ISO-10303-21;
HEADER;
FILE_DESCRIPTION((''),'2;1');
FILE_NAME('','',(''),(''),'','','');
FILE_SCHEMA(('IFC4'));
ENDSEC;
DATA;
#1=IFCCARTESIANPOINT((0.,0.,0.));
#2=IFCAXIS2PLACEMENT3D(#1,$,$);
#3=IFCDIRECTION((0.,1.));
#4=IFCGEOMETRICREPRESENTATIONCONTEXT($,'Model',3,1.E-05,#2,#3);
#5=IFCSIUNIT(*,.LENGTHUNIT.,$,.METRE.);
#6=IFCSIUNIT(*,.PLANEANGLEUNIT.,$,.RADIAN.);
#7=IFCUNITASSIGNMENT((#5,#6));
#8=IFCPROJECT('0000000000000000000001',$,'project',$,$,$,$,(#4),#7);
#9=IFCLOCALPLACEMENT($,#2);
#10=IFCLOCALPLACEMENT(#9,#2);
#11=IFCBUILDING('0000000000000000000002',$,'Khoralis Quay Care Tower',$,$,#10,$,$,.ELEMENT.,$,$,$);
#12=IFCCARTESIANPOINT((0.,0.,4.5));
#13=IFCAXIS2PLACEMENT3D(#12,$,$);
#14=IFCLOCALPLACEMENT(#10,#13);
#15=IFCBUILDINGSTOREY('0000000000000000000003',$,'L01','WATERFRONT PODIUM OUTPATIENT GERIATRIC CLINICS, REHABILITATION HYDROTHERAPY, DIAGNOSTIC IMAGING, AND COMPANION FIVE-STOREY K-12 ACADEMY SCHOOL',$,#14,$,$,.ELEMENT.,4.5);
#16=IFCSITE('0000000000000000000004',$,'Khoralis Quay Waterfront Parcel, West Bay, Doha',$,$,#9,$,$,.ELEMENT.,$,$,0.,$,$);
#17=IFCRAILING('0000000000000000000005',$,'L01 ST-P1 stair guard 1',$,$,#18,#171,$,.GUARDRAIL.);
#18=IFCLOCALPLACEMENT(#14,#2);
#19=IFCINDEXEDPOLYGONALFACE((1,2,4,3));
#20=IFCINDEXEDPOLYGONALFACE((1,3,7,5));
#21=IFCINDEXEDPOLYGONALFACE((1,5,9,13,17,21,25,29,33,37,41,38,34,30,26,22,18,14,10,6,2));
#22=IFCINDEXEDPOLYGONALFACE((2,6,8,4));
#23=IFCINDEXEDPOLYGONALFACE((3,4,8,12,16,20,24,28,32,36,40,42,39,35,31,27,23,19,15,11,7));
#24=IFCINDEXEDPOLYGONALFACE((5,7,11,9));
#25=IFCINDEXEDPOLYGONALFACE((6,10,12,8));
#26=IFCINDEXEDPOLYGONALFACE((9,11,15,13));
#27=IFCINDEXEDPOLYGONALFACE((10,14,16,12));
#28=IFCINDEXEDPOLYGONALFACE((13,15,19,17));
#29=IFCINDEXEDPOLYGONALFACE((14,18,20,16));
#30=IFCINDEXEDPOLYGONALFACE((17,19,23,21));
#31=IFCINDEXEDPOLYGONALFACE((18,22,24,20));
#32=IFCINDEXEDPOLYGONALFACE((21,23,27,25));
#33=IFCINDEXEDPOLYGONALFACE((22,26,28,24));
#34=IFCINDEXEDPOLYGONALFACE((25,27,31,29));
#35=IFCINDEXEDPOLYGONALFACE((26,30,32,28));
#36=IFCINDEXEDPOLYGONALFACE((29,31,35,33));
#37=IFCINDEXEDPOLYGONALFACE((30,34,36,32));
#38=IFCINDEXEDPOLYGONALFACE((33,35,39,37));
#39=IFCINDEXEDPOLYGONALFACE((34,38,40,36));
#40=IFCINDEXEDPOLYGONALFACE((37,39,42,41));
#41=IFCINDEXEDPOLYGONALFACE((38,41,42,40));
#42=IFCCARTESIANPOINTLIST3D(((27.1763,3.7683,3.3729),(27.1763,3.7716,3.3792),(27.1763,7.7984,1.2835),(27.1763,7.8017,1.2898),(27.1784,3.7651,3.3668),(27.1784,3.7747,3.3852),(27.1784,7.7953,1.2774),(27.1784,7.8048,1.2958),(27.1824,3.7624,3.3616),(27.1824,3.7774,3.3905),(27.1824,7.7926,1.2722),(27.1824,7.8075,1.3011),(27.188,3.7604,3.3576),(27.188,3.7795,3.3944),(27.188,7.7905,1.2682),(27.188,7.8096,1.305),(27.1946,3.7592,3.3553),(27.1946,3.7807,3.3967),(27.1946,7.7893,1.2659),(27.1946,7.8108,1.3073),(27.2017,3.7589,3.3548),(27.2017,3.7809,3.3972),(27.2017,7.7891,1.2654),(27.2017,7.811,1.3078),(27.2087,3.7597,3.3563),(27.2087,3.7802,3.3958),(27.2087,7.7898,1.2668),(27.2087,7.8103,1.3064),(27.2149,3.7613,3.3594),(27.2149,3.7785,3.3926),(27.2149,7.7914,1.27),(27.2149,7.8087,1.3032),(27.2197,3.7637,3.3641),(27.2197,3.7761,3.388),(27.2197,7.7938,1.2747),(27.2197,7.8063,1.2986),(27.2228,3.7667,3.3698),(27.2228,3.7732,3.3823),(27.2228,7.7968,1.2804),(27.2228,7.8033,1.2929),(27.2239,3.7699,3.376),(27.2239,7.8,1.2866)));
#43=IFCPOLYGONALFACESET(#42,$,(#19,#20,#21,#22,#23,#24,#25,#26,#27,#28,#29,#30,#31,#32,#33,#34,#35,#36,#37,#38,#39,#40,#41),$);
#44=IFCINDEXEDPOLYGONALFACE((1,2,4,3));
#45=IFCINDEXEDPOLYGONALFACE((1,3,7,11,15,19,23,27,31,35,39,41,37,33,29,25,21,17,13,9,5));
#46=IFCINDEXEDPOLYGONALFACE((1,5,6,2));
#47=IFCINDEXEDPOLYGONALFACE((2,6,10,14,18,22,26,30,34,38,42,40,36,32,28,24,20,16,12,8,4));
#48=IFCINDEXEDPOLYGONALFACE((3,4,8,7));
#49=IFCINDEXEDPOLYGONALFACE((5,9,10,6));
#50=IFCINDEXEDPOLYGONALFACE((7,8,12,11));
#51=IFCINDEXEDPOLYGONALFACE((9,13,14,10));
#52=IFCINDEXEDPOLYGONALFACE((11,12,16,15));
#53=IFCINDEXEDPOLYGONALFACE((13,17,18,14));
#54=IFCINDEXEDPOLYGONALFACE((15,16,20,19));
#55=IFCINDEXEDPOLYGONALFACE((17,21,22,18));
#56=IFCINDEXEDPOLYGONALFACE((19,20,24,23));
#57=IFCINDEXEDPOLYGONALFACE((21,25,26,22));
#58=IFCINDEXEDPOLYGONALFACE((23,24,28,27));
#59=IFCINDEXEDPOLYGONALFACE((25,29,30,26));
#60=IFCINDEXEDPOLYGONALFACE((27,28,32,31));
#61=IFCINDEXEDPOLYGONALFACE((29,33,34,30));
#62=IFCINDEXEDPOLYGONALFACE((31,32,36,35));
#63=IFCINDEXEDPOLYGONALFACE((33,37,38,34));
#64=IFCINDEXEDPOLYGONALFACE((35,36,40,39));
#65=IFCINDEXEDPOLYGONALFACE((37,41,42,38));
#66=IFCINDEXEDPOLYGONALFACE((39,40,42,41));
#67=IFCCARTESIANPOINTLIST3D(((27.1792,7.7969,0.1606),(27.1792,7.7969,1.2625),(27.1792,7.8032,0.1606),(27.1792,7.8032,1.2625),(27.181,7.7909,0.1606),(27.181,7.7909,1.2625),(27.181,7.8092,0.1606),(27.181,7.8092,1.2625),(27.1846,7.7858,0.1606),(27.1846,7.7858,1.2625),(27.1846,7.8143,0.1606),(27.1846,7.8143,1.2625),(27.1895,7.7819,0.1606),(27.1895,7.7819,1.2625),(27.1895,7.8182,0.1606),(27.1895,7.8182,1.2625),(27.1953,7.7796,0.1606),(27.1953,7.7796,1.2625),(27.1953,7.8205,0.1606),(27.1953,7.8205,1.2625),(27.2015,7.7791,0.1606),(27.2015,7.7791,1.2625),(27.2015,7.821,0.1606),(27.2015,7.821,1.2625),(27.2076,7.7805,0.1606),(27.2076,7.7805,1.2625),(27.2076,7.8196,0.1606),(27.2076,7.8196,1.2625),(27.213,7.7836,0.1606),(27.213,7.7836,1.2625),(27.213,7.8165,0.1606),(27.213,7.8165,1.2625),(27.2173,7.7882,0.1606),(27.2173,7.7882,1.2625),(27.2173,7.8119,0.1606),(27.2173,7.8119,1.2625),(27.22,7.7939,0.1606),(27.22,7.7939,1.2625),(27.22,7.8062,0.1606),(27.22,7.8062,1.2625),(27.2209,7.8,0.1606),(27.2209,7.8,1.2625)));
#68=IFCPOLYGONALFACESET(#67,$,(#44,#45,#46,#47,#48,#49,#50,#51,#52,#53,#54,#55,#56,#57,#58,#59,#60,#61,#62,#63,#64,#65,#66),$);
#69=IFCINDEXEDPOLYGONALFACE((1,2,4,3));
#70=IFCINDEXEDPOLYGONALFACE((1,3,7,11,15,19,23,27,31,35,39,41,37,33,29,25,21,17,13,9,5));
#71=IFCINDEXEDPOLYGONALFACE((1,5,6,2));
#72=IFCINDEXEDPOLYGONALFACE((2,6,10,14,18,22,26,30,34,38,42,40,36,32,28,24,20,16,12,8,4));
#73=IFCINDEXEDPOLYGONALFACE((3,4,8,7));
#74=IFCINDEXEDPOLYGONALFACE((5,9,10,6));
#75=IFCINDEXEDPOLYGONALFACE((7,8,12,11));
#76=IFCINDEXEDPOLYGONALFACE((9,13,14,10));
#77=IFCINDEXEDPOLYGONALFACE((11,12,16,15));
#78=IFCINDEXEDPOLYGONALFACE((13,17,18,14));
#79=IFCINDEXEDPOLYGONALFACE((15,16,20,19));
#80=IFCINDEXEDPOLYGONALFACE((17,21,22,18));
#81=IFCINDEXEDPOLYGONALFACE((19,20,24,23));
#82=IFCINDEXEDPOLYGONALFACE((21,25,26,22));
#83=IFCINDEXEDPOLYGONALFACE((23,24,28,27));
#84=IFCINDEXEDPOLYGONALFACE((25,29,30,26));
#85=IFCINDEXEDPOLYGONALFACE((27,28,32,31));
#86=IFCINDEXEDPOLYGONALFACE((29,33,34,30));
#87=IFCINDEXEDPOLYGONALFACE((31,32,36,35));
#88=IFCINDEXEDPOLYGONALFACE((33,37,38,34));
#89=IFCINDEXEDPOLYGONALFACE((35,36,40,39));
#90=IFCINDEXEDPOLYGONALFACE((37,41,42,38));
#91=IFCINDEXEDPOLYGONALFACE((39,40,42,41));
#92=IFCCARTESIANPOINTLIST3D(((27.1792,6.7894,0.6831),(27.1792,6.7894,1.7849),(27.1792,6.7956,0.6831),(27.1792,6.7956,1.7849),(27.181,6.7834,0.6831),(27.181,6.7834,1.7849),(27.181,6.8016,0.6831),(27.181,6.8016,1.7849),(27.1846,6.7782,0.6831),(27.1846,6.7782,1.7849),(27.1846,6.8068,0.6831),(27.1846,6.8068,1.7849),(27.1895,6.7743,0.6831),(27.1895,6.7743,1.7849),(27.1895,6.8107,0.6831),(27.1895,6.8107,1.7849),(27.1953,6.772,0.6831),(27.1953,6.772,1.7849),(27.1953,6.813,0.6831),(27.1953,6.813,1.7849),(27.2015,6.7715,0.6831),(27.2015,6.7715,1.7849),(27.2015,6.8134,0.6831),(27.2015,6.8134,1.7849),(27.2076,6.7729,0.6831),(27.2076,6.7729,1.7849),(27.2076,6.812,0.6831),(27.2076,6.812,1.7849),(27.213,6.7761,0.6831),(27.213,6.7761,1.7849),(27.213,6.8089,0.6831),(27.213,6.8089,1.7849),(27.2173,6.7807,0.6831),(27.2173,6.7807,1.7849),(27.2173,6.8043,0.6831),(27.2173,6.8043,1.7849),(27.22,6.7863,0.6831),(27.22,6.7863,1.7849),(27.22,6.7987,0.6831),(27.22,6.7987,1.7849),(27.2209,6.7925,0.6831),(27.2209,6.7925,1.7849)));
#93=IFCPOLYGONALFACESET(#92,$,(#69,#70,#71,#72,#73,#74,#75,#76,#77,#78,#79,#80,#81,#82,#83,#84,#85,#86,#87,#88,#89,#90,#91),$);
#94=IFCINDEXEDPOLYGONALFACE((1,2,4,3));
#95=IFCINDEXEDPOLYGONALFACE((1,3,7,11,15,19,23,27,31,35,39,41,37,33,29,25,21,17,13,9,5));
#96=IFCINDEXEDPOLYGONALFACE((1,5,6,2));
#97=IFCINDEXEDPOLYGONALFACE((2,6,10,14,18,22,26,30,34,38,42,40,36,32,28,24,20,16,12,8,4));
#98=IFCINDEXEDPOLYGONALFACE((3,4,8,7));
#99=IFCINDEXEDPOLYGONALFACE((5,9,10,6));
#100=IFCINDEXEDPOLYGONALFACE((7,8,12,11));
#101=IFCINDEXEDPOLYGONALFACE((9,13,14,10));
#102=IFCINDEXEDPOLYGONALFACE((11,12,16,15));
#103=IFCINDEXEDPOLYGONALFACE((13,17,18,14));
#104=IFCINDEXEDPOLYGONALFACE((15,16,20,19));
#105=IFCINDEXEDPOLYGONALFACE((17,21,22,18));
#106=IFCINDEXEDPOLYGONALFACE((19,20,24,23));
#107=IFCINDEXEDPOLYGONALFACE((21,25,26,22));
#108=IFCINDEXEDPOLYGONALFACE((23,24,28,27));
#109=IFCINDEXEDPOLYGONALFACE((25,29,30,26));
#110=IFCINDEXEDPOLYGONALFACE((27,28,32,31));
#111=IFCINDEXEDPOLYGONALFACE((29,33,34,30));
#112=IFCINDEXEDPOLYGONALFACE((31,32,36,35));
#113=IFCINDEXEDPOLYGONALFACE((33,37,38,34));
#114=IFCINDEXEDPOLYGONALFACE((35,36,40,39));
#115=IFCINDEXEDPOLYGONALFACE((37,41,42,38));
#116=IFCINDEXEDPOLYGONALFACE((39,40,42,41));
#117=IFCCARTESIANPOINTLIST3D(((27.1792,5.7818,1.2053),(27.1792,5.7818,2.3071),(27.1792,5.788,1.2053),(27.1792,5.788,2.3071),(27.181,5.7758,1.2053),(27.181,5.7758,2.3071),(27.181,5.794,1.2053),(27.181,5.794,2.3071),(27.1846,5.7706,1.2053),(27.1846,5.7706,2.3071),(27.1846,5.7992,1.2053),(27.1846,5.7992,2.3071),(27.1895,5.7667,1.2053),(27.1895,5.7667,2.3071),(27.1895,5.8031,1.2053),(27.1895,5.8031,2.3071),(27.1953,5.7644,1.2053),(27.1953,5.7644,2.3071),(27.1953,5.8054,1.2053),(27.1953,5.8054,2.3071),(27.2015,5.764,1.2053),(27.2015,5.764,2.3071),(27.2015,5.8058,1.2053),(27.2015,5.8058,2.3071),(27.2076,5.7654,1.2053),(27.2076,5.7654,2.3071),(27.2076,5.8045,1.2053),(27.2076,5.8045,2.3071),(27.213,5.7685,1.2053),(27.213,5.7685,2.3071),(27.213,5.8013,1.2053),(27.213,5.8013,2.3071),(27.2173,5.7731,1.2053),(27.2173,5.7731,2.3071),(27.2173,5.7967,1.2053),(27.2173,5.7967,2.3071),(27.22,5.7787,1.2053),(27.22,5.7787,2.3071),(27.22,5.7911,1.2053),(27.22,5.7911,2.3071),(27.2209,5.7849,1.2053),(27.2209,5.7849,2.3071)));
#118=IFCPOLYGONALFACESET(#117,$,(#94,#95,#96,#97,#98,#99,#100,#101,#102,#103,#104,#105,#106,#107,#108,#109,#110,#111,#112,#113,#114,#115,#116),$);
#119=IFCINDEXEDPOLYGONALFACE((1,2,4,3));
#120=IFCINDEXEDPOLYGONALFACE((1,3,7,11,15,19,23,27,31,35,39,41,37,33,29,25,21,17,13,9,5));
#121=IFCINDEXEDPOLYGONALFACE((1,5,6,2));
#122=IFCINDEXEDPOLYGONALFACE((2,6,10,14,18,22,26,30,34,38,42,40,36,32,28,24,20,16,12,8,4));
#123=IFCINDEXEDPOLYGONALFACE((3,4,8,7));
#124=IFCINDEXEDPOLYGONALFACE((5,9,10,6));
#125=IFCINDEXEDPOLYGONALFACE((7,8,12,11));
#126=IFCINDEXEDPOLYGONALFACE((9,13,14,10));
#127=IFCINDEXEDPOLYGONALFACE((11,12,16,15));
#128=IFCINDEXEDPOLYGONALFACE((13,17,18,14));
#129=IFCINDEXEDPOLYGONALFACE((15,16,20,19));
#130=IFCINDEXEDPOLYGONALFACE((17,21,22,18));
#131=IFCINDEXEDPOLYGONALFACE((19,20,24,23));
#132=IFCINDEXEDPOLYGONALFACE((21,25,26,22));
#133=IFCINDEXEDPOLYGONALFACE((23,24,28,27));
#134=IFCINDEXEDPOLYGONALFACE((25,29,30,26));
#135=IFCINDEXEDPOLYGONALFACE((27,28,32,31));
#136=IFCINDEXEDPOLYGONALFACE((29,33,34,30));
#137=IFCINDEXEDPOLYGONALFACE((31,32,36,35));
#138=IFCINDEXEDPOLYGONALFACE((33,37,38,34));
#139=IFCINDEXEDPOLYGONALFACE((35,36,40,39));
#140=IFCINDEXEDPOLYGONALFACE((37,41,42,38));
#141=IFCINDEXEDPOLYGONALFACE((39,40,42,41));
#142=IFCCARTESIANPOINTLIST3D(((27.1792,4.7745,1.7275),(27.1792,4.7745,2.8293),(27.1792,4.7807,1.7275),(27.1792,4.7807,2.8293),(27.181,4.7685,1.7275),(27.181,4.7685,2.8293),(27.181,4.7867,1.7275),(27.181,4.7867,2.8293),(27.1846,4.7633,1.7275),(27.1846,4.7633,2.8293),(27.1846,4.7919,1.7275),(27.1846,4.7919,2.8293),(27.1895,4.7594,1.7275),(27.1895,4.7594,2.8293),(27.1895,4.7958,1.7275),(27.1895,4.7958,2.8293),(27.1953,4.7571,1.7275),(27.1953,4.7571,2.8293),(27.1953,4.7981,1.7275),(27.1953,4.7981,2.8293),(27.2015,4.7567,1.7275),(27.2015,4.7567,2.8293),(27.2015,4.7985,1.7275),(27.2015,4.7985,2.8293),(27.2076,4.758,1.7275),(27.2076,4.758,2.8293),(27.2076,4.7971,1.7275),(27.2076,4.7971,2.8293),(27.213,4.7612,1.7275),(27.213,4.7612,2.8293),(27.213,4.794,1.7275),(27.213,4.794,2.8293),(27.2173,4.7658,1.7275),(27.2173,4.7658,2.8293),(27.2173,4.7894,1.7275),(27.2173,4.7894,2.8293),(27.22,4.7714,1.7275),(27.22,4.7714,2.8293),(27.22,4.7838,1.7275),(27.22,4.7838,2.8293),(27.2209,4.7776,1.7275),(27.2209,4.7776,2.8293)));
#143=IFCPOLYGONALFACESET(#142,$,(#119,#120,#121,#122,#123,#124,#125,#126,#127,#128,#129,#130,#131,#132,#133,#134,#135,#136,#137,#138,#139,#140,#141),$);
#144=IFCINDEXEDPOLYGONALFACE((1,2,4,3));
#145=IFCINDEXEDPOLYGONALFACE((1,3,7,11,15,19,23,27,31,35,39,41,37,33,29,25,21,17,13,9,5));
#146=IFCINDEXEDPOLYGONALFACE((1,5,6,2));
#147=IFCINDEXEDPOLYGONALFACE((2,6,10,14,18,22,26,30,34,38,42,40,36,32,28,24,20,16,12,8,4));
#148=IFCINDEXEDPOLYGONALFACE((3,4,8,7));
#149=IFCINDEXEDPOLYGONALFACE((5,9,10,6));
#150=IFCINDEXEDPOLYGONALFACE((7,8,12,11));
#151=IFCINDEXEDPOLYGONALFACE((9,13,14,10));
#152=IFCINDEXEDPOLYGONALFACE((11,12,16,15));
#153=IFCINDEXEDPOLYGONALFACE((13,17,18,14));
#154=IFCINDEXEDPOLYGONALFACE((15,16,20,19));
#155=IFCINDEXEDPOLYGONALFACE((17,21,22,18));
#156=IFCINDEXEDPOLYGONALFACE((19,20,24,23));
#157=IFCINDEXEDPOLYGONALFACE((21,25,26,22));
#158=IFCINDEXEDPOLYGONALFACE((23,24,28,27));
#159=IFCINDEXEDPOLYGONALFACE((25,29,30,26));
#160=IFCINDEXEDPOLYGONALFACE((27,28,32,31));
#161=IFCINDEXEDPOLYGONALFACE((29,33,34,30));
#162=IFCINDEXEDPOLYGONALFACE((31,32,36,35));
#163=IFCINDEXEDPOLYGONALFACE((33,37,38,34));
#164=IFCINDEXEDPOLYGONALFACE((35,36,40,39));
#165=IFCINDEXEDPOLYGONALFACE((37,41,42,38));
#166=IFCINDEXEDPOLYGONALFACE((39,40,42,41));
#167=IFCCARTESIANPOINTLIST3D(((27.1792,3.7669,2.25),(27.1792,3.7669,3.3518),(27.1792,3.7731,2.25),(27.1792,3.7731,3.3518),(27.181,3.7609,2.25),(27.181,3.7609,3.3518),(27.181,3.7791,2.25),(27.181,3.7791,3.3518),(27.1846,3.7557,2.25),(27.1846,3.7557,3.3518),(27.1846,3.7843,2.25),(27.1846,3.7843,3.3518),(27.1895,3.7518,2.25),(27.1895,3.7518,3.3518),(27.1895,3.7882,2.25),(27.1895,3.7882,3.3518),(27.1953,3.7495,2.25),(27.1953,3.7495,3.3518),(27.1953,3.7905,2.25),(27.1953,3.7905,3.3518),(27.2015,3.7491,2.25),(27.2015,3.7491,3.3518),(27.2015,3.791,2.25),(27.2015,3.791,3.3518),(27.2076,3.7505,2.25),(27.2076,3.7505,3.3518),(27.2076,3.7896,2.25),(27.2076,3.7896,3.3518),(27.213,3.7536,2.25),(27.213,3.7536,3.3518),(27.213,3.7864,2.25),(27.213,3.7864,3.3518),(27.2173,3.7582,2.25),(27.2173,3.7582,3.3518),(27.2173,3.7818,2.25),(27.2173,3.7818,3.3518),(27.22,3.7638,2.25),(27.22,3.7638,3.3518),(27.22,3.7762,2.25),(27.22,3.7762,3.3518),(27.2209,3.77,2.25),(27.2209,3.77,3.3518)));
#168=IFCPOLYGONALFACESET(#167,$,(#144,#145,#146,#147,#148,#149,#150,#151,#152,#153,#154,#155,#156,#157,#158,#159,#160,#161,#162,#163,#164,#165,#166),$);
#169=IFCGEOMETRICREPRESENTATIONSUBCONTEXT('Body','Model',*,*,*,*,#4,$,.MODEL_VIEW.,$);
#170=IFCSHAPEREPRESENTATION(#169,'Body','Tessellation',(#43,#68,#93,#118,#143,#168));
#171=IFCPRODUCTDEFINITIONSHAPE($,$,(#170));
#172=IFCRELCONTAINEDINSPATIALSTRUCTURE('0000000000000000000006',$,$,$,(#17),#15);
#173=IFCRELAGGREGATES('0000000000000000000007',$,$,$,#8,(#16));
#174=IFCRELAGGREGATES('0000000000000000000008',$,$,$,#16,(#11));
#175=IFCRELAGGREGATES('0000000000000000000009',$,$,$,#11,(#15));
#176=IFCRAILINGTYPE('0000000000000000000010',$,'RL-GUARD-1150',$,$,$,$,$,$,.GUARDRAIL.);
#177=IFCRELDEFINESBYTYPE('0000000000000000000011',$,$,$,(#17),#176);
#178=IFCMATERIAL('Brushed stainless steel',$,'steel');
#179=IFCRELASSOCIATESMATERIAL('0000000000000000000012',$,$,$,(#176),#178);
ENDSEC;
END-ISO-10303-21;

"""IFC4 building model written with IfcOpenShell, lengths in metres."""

from ifc_helpers import new_model, si_unit, direction, frame, origin, origin_2d, place, context, subcontext, project, spatial, circle, extrude, material, type_object, element, save


model = new_model("IFC4")

# Units and contexts
model_context = context("Model", 3, precision=1e-05, world=origin(), true_north=direction((0.0, 1.0)))
body_context = subcontext(model_context, "Body", "Model", "MODEL_VIEW")
ifc_project = project(units=[si_unit("LENGTHUNIT", "METRE"), si_unit("PLANEANGLEUNIT", "RADIAN")], contexts=[model_context])

# Site, building, storey
site_placement = place(None, origin())
site = spatial("IfcSite", under=ifc_project, at=site_placement, Name="Khoralis Quay Waterfront Parcel, West Bay, Doha", CompositionType="ELEMENT", RefElevation=0.0)
building_placement = place(site_placement, origin())
building = spatial("IfcBuilding", under=site, at=building_placement, Name="Khoralis Quay Care Tower", CompositionType="ELEMENT")
storey_placement = place(building_placement, frame((0.0, 0.0, 4.5)))
storey = spatial("IfcBuildingStorey", under=building, at=storey_placement, Name="L01", Description="WATERFRONT PODIUM OUTPATIENT GERIATRIC CLINICS, REHABILITATION HYDROTHERAPY, DIAGNOSTIC IMAGING, AND COMPANION FIVE-STOREY K-12 ACADEMY SCHOOL", CompositionType="ELEMENT", Elevation=4.5)

# Shared definitions
ifc_material_1 = material(Name="Brushed stainless steel", Category="steel")

# Railing
railing_type_1 = type_object("IfcRailingType", Name="RL-GUARD-1150", PredefinedType="GUARDRAIL", material=ifc_material_1)
railing_1_placement = place(storey_placement, frame((27.2, 7.8, 0.1606)))
element("IfcRailing", 1, at=railing_1_placement, inside=storey, type_object=railing_type_1, Name="L01 ST-P1 stair guard 1", PredefinedType="GUARDRAIL", context=body_context, shape_type="SweptSolid", body=[
    extrude(circle(Radius=0.0239, at=origin_2d()), frame((0.0, 0.0, 1.126), z_axis=(0.0, -0.887781, 0.460267), x_axis=(1.0, 0.0, 0.0)), (0.0, 0.0, 1.0), 4.5396),
    extrude(circle(Radius=0.021, at=origin_2d()), origin(), (0.0, 0.0, 1.0), 1.1018),
    extrude(circle(Radius=0.021, at=origin_2d()), frame((0.0, -1.0076, 0.5225)), (0.0, 0.0, 1.0), 1.1018),
    extrude(circle(Radius=0.021, at=origin_2d()), frame((0.0, -2.0151, 1.0447)), (0.0, 0.0, 1.0), 1.1018),
    extrude(circle(Radius=0.021, at=origin_2d()), frame((0.0, -3.0225, 1.5669)), (0.0, 0.0, 1.0), 1.1018),
    extrude(circle(Radius=0.021, at=origin_2d()), frame((0.0, -4.03, 2.0894)), (0.0, 0.0, 1.0), 1.1018),
])

save(model, "model.ifc")
